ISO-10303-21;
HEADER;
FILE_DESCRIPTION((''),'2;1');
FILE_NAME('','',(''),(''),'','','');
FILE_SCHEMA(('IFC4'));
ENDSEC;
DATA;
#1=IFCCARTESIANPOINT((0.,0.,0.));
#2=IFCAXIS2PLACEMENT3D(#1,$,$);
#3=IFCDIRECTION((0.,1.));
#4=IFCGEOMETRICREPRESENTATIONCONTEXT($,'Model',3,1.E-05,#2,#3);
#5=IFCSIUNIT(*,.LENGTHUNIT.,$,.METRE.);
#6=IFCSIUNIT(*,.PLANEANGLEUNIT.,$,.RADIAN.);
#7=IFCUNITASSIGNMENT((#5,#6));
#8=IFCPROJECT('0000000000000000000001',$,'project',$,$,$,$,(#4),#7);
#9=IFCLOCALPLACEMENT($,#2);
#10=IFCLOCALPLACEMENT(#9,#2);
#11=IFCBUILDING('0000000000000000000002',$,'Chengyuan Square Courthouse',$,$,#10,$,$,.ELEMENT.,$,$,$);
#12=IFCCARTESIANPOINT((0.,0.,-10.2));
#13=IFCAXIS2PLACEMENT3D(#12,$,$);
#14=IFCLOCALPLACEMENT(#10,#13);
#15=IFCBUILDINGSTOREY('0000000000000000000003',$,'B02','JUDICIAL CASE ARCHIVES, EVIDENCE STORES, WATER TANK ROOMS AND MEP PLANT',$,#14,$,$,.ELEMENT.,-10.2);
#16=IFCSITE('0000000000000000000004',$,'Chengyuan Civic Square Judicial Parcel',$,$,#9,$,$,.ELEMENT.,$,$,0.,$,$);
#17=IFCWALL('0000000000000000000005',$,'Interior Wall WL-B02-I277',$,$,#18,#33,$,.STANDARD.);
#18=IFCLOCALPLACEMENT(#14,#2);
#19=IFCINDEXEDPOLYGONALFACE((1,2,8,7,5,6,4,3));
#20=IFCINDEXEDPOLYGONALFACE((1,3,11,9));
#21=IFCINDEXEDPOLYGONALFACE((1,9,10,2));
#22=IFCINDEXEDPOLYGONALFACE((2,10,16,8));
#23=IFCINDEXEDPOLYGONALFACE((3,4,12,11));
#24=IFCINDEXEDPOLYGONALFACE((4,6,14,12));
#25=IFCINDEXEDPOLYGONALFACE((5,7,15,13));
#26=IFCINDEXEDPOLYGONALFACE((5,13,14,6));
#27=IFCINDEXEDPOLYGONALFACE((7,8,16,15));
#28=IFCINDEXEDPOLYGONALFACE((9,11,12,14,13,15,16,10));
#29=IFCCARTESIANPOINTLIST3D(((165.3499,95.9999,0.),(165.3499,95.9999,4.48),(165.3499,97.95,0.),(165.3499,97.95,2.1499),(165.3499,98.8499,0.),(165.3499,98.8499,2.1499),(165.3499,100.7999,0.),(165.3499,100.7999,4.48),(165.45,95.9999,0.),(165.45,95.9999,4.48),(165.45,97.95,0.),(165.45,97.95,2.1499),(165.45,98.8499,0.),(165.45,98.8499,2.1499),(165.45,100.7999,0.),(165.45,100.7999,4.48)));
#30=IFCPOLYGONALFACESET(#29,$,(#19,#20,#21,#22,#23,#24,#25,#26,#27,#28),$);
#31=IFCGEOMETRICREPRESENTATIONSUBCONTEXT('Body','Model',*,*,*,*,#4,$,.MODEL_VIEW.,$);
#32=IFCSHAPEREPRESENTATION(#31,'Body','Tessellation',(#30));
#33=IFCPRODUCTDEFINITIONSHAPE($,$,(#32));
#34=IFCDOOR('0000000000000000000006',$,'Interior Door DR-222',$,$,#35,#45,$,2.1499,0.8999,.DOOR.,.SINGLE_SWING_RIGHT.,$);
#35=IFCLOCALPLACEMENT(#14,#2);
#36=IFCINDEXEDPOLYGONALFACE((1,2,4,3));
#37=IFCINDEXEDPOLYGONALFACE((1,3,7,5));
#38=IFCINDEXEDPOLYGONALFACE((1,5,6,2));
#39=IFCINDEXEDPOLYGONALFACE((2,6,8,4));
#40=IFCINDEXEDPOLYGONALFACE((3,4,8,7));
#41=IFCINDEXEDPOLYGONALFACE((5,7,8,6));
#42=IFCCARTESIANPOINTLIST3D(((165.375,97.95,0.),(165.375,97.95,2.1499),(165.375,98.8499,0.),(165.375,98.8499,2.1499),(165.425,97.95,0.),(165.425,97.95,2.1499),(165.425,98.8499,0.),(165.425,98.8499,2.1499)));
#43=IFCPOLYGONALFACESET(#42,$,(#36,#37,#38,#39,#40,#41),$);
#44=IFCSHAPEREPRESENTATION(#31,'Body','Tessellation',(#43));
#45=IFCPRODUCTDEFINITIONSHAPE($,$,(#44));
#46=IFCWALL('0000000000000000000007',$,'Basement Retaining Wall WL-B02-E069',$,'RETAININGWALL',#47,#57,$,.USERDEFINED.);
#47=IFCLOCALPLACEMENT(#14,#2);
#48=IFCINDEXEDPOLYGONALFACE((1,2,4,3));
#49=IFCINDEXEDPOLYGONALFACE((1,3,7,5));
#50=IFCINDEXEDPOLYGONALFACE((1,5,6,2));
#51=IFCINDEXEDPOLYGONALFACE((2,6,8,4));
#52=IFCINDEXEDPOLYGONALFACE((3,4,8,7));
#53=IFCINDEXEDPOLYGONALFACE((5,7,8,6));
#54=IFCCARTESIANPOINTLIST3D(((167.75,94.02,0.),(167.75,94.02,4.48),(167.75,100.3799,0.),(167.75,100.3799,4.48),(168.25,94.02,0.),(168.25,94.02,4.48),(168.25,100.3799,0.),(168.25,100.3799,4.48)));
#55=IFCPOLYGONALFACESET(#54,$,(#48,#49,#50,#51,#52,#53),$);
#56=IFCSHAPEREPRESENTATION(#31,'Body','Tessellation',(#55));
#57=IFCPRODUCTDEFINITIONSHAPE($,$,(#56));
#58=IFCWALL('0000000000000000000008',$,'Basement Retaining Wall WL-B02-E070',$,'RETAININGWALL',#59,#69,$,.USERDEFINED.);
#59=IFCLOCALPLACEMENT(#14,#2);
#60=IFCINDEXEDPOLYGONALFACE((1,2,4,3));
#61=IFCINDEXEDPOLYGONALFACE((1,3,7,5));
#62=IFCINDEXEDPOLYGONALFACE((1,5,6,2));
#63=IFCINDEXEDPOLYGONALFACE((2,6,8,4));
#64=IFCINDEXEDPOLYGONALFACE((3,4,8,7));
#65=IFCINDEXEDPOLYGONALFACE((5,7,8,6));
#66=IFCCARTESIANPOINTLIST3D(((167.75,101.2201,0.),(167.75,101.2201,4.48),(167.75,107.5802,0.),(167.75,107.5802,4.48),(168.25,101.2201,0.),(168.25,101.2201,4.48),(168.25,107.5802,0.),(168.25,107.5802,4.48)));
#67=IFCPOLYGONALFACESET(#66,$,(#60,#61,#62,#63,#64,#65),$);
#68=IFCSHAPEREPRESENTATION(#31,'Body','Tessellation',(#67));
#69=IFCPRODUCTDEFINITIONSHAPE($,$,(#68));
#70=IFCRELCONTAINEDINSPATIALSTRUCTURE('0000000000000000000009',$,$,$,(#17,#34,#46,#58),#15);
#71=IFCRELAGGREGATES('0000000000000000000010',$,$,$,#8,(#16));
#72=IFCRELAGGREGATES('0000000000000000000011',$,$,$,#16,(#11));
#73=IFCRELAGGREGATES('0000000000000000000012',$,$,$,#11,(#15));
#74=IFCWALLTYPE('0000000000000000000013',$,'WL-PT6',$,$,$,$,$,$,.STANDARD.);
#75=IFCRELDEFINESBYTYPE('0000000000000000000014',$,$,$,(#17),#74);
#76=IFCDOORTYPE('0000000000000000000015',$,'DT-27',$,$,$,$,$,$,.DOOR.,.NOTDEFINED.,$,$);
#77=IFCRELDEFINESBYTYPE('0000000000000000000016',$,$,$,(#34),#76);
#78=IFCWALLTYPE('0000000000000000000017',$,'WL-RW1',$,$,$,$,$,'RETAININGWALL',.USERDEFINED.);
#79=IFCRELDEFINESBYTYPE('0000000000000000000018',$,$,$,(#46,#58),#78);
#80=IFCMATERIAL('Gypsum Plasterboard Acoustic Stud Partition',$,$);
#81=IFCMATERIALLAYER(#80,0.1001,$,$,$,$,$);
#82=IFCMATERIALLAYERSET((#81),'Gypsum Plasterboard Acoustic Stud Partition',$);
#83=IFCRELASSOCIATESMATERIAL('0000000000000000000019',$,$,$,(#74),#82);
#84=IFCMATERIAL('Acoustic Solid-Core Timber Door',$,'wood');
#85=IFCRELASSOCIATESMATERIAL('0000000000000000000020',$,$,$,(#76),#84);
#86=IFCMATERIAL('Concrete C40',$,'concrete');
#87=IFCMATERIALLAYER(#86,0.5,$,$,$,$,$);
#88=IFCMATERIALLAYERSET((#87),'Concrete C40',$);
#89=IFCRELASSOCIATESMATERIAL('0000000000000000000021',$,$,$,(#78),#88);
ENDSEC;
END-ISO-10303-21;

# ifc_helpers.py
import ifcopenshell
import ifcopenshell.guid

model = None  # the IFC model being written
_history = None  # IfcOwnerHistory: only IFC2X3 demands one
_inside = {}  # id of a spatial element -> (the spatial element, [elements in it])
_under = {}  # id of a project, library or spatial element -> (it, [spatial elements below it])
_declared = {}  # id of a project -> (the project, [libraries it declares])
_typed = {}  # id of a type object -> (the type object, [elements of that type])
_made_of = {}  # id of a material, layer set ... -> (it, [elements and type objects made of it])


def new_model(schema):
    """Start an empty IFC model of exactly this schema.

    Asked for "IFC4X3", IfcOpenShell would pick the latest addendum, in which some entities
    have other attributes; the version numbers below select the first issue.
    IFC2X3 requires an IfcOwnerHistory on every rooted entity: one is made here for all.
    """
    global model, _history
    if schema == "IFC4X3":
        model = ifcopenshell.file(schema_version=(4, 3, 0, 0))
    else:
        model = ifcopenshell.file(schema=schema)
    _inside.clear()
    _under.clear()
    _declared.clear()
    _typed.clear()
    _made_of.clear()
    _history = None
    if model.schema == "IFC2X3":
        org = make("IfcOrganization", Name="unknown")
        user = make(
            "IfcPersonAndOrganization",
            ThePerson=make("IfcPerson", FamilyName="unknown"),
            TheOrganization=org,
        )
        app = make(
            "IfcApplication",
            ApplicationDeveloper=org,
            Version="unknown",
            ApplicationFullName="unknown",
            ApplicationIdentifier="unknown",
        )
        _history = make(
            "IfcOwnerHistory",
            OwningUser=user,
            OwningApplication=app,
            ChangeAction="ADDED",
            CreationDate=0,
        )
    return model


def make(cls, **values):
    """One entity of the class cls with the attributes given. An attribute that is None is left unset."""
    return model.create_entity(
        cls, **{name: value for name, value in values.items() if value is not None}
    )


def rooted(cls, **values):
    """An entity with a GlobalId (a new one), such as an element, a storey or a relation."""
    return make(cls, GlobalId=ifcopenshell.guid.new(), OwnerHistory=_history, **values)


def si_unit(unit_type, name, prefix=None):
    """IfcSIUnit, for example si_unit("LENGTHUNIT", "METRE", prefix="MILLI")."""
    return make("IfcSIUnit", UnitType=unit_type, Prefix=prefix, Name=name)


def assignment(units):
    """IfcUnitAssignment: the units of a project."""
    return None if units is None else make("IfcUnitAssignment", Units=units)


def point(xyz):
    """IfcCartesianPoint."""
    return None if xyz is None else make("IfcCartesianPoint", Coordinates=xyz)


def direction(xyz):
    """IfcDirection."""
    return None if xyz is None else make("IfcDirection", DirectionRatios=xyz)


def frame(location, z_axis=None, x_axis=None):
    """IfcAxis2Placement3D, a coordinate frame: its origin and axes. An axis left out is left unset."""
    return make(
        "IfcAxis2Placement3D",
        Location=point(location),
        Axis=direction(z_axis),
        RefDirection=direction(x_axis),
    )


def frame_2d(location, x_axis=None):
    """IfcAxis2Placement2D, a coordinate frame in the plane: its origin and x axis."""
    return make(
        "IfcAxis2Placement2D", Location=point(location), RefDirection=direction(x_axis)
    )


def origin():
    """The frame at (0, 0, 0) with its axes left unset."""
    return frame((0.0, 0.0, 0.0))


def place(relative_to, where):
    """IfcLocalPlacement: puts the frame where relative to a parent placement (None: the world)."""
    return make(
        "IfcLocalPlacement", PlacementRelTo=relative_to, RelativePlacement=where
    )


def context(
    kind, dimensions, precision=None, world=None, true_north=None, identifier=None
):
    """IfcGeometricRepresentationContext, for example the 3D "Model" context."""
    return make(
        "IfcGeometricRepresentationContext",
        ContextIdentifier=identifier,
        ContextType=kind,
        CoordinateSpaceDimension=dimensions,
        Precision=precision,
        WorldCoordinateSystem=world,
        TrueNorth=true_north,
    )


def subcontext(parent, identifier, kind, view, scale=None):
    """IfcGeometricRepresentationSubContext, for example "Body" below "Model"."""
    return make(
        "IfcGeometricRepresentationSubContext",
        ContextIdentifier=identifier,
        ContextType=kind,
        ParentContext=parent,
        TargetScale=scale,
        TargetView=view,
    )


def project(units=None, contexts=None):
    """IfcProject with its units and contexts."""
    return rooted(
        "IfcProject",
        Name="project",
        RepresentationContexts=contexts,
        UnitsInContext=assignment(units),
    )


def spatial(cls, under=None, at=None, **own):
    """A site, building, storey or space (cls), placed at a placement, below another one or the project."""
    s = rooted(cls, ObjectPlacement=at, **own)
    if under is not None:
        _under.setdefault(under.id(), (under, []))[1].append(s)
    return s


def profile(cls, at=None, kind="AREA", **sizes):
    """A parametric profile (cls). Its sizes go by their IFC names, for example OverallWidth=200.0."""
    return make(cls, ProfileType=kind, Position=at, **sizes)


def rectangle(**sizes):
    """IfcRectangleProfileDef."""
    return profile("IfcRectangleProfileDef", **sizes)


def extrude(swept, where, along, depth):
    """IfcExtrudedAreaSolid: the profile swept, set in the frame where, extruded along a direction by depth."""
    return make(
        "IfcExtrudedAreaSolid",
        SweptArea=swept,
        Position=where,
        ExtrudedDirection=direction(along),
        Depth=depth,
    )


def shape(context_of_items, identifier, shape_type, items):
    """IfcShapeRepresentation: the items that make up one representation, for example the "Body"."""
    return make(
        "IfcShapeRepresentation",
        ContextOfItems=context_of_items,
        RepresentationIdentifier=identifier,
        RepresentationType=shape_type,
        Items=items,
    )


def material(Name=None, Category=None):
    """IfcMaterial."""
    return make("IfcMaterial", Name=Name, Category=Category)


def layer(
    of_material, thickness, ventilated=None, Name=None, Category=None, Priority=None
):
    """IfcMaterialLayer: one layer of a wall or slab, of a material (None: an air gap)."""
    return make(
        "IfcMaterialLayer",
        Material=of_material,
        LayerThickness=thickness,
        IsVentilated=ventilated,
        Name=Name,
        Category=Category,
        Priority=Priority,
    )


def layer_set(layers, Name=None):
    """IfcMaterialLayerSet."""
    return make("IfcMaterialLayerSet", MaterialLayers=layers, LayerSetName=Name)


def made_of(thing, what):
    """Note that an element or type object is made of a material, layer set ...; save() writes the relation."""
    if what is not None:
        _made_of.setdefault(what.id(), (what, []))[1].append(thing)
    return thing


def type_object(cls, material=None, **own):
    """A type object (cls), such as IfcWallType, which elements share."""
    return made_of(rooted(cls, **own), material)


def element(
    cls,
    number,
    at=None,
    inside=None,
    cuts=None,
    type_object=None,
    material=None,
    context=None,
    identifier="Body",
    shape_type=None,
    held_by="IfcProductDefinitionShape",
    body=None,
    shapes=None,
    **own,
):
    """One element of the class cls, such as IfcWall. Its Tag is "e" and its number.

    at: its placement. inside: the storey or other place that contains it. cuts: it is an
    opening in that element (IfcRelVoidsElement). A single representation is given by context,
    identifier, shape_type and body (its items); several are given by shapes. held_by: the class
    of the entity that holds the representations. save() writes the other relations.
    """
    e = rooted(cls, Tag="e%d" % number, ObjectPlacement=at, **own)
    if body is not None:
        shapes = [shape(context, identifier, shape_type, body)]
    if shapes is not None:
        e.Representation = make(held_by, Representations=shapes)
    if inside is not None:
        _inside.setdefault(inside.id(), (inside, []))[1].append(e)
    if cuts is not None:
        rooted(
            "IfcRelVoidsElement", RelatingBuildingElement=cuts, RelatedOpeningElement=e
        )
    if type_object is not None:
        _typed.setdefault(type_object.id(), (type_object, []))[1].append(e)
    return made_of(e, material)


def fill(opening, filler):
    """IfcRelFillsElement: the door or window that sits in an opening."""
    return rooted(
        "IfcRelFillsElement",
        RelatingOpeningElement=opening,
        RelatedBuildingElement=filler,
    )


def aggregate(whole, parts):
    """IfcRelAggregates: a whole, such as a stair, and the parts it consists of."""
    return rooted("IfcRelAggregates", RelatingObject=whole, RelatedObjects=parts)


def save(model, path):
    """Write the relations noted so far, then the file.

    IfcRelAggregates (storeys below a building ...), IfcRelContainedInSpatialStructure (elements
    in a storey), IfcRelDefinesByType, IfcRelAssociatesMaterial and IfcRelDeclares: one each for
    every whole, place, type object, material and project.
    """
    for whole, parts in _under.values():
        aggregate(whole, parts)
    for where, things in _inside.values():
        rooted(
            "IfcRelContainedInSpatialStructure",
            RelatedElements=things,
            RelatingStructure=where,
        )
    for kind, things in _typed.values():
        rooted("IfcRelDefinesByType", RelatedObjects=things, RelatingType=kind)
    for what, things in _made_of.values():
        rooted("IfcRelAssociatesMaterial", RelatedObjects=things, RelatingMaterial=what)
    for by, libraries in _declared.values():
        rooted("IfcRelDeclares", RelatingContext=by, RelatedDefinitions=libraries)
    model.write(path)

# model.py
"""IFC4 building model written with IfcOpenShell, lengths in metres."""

from ifc_helpers import new_model, si_unit, direction, frame, frame_2d, origin, place, context, subcontext, project, spatial, rectangle, extrude, material, layer, layer_set, type_object, element, fill, save


model = new_model("IFC4")

# Units and contexts
model_context = context("Model", 3, precision=1e-05, world=origin(), true_north=direction((0.0, 1.0)))
body_context = subcontext(model_context, "Body", "Model", "MODEL_VIEW")
ifc_project = project(units=[si_unit("LENGTHUNIT", "METRE"), si_unit("PLANEANGLEUNIT", "RADIAN")], contexts=[model_context])

# Site, building, storey
site_placement = place(None, origin())
site = spatial("IfcSite", under=ifc_project, at=site_placement, Name="Chengyuan Civic Square Judicial Parcel", CompositionType="ELEMENT", RefElevation=0.0)
building_placement = place(site_placement, origin())
building = spatial("IfcBuilding", under=site, at=building_placement, Name="Chengyuan Square Courthouse", CompositionType="ELEMENT")
storey_placement = place(building_placement, frame((0.0, 0.0, -10.2)))
storey = spatial("IfcBuildingStorey", under=building, at=storey_placement, Name="B02", Description="JUDICIAL CASE ARCHIVES, EVIDENCE STORES, WATER TANK ROOMS AND MEP PLANT", CompositionType="ELEMENT", Elevation=-10.2)

# Shared definitions
ifc_material_1 = material(Name="Concrete C40", Category="concrete")

# Shared definitions
ifc_material_2 = material(Name="Gypsum Plasterboard Acoustic Stud Partition")
ifc_layer_1 = layer(ifc_material_2, 0.1001)
ifc_layer_set_1 = layer_set([ifc_layer_1], Name="Gypsum Plasterboard Acoustic Stud Partition")
wall_type_1 = type_object("IfcWallType", Name="WL-PT6", PredefinedType="STANDARD", material=ifc_layer_set_1)
ifc_material_3 = material(Name="Acoustic Solid-Core Timber Door", Category="wood")
door_type_1 = type_object("IfcDoorType", Name="DT-27", OperationType="NOTDEFINED", PredefinedType="DOOR", material=ifc_material_3)

# Wall, opening, door
wall_1_placement = place(storey_placement, frame((165.3999, 96.0, 0.0), z_axis=(0.0, 0.0, 1.0), x_axis=(0.0, 1.0, 0.0)))
wall_1 = element("IfcWall", 1, at=wall_1_placement, inside=storey, type_object=wall_type_1, Name="Interior Wall WL-B02-I277", PredefinedType="STANDARD", context=body_context, shape_type="SweptSolid", body=[
    extrude(rectangle(XDim=4.8, YDim=0.1001, at=frame_2d((2.3999, 0.0))), origin(), (0.0, 0.0, 1.0), 4.48),
])
opening_1_placement = place(wall_1_placement, frame((1.95, 0.0, 0.0)))
opening_1 = element("IfcOpeningElement", 2, at=opening_1_placement, cuts=wall_1, PredefinedType="OPENING", context=body_context, shape_type="SweptSolid", body=[
    extrude(rectangle(XDim=0.8999, YDim=2.1499, at=frame_2d((0.45, 1.075))), frame((0.0, 0.062, 0.0), z_axis=(0.0, -1.0, 0.0), x_axis=(1.0, 0.0, 0.0)), (0.0, 0.0, 1.0), 0.124),
])
door_1_placement = place(opening_1_placement, origin())
door_1 = element("IfcDoor", 3, at=door_1_placement, inside=storey, type_object=door_type_1, Name="Interior Door DR-222", OperationType="SINGLE_SWING_RIGHT", OverallHeight=2.1499, OverallWidth=0.8999, PredefinedType="DOOR", context=body_context, shape_type="SweptSolid", body=[
    extrude(rectangle(XDim=0.8999, YDim=2.1499, at=frame_2d((0.45, 1.075))), frame((0.0, 0.0249, 0.0), z_axis=(0.0, -1.0, 0.0), x_axis=(1.0, 0.0, 0.0)), (0.0, 0.0, 1.0), 0.05),
])
fill(opening_1, door_1)

# Walls
ifc_layer_2 = layer(ifc_material_1, 0.5)
ifc_layer_set_2 = layer_set([ifc_layer_2], Name="Concrete C40")
wall_type_2 = type_object("IfcWallType", Name="WL-RW1", ElementType="RETAININGWALL", PredefinedType="USERDEFINED", material=ifc_layer_set_2)
wall_2_placement = place(storey_placement, frame((168.0, 94.02, 0.0), z_axis=(0.0, 0.0, 1.0), x_axis=(0.0, 1.0, 0.0)))
element("IfcWall", 4, at=wall_2_placement, inside=storey, type_object=wall_type_2, Name="Basement Retaining Wall WL-B02-E069", ObjectType="RETAININGWALL", PredefinedType="USERDEFINED", context=body_context, shape_type="SweptSolid", body=[
    extrude(rectangle(XDim=6.3599, YDim=0.5, at=frame_2d((3.1799, 0.0))), origin(), (0.0, 0.0, 1.0), 4.48),
])
wall_3_placement = place(storey_placement, frame((168.0, 101.22, 0.0), z_axis=(0.0, 0.0, 1.0), x_axis=(0.0, 1.0, 0.0)))
element("IfcWall", 5, at=wall_3_placement, inside=storey, type_object=wall_type_2, Name="Basement Retaining Wall WL-B02-E070", ObjectType="RETAININGWALL", PredefinedType="USERDEFINED", context=body_context, shape_type="SweptSolid", body=[
    extrude(rectangle(XDim=6.3601, YDim=0.5, at=frame_2d((3.1802, 0.0))), origin(), (0.0, 0.0, 1.0), 4.48),
])

save(model, "model.ifc")
